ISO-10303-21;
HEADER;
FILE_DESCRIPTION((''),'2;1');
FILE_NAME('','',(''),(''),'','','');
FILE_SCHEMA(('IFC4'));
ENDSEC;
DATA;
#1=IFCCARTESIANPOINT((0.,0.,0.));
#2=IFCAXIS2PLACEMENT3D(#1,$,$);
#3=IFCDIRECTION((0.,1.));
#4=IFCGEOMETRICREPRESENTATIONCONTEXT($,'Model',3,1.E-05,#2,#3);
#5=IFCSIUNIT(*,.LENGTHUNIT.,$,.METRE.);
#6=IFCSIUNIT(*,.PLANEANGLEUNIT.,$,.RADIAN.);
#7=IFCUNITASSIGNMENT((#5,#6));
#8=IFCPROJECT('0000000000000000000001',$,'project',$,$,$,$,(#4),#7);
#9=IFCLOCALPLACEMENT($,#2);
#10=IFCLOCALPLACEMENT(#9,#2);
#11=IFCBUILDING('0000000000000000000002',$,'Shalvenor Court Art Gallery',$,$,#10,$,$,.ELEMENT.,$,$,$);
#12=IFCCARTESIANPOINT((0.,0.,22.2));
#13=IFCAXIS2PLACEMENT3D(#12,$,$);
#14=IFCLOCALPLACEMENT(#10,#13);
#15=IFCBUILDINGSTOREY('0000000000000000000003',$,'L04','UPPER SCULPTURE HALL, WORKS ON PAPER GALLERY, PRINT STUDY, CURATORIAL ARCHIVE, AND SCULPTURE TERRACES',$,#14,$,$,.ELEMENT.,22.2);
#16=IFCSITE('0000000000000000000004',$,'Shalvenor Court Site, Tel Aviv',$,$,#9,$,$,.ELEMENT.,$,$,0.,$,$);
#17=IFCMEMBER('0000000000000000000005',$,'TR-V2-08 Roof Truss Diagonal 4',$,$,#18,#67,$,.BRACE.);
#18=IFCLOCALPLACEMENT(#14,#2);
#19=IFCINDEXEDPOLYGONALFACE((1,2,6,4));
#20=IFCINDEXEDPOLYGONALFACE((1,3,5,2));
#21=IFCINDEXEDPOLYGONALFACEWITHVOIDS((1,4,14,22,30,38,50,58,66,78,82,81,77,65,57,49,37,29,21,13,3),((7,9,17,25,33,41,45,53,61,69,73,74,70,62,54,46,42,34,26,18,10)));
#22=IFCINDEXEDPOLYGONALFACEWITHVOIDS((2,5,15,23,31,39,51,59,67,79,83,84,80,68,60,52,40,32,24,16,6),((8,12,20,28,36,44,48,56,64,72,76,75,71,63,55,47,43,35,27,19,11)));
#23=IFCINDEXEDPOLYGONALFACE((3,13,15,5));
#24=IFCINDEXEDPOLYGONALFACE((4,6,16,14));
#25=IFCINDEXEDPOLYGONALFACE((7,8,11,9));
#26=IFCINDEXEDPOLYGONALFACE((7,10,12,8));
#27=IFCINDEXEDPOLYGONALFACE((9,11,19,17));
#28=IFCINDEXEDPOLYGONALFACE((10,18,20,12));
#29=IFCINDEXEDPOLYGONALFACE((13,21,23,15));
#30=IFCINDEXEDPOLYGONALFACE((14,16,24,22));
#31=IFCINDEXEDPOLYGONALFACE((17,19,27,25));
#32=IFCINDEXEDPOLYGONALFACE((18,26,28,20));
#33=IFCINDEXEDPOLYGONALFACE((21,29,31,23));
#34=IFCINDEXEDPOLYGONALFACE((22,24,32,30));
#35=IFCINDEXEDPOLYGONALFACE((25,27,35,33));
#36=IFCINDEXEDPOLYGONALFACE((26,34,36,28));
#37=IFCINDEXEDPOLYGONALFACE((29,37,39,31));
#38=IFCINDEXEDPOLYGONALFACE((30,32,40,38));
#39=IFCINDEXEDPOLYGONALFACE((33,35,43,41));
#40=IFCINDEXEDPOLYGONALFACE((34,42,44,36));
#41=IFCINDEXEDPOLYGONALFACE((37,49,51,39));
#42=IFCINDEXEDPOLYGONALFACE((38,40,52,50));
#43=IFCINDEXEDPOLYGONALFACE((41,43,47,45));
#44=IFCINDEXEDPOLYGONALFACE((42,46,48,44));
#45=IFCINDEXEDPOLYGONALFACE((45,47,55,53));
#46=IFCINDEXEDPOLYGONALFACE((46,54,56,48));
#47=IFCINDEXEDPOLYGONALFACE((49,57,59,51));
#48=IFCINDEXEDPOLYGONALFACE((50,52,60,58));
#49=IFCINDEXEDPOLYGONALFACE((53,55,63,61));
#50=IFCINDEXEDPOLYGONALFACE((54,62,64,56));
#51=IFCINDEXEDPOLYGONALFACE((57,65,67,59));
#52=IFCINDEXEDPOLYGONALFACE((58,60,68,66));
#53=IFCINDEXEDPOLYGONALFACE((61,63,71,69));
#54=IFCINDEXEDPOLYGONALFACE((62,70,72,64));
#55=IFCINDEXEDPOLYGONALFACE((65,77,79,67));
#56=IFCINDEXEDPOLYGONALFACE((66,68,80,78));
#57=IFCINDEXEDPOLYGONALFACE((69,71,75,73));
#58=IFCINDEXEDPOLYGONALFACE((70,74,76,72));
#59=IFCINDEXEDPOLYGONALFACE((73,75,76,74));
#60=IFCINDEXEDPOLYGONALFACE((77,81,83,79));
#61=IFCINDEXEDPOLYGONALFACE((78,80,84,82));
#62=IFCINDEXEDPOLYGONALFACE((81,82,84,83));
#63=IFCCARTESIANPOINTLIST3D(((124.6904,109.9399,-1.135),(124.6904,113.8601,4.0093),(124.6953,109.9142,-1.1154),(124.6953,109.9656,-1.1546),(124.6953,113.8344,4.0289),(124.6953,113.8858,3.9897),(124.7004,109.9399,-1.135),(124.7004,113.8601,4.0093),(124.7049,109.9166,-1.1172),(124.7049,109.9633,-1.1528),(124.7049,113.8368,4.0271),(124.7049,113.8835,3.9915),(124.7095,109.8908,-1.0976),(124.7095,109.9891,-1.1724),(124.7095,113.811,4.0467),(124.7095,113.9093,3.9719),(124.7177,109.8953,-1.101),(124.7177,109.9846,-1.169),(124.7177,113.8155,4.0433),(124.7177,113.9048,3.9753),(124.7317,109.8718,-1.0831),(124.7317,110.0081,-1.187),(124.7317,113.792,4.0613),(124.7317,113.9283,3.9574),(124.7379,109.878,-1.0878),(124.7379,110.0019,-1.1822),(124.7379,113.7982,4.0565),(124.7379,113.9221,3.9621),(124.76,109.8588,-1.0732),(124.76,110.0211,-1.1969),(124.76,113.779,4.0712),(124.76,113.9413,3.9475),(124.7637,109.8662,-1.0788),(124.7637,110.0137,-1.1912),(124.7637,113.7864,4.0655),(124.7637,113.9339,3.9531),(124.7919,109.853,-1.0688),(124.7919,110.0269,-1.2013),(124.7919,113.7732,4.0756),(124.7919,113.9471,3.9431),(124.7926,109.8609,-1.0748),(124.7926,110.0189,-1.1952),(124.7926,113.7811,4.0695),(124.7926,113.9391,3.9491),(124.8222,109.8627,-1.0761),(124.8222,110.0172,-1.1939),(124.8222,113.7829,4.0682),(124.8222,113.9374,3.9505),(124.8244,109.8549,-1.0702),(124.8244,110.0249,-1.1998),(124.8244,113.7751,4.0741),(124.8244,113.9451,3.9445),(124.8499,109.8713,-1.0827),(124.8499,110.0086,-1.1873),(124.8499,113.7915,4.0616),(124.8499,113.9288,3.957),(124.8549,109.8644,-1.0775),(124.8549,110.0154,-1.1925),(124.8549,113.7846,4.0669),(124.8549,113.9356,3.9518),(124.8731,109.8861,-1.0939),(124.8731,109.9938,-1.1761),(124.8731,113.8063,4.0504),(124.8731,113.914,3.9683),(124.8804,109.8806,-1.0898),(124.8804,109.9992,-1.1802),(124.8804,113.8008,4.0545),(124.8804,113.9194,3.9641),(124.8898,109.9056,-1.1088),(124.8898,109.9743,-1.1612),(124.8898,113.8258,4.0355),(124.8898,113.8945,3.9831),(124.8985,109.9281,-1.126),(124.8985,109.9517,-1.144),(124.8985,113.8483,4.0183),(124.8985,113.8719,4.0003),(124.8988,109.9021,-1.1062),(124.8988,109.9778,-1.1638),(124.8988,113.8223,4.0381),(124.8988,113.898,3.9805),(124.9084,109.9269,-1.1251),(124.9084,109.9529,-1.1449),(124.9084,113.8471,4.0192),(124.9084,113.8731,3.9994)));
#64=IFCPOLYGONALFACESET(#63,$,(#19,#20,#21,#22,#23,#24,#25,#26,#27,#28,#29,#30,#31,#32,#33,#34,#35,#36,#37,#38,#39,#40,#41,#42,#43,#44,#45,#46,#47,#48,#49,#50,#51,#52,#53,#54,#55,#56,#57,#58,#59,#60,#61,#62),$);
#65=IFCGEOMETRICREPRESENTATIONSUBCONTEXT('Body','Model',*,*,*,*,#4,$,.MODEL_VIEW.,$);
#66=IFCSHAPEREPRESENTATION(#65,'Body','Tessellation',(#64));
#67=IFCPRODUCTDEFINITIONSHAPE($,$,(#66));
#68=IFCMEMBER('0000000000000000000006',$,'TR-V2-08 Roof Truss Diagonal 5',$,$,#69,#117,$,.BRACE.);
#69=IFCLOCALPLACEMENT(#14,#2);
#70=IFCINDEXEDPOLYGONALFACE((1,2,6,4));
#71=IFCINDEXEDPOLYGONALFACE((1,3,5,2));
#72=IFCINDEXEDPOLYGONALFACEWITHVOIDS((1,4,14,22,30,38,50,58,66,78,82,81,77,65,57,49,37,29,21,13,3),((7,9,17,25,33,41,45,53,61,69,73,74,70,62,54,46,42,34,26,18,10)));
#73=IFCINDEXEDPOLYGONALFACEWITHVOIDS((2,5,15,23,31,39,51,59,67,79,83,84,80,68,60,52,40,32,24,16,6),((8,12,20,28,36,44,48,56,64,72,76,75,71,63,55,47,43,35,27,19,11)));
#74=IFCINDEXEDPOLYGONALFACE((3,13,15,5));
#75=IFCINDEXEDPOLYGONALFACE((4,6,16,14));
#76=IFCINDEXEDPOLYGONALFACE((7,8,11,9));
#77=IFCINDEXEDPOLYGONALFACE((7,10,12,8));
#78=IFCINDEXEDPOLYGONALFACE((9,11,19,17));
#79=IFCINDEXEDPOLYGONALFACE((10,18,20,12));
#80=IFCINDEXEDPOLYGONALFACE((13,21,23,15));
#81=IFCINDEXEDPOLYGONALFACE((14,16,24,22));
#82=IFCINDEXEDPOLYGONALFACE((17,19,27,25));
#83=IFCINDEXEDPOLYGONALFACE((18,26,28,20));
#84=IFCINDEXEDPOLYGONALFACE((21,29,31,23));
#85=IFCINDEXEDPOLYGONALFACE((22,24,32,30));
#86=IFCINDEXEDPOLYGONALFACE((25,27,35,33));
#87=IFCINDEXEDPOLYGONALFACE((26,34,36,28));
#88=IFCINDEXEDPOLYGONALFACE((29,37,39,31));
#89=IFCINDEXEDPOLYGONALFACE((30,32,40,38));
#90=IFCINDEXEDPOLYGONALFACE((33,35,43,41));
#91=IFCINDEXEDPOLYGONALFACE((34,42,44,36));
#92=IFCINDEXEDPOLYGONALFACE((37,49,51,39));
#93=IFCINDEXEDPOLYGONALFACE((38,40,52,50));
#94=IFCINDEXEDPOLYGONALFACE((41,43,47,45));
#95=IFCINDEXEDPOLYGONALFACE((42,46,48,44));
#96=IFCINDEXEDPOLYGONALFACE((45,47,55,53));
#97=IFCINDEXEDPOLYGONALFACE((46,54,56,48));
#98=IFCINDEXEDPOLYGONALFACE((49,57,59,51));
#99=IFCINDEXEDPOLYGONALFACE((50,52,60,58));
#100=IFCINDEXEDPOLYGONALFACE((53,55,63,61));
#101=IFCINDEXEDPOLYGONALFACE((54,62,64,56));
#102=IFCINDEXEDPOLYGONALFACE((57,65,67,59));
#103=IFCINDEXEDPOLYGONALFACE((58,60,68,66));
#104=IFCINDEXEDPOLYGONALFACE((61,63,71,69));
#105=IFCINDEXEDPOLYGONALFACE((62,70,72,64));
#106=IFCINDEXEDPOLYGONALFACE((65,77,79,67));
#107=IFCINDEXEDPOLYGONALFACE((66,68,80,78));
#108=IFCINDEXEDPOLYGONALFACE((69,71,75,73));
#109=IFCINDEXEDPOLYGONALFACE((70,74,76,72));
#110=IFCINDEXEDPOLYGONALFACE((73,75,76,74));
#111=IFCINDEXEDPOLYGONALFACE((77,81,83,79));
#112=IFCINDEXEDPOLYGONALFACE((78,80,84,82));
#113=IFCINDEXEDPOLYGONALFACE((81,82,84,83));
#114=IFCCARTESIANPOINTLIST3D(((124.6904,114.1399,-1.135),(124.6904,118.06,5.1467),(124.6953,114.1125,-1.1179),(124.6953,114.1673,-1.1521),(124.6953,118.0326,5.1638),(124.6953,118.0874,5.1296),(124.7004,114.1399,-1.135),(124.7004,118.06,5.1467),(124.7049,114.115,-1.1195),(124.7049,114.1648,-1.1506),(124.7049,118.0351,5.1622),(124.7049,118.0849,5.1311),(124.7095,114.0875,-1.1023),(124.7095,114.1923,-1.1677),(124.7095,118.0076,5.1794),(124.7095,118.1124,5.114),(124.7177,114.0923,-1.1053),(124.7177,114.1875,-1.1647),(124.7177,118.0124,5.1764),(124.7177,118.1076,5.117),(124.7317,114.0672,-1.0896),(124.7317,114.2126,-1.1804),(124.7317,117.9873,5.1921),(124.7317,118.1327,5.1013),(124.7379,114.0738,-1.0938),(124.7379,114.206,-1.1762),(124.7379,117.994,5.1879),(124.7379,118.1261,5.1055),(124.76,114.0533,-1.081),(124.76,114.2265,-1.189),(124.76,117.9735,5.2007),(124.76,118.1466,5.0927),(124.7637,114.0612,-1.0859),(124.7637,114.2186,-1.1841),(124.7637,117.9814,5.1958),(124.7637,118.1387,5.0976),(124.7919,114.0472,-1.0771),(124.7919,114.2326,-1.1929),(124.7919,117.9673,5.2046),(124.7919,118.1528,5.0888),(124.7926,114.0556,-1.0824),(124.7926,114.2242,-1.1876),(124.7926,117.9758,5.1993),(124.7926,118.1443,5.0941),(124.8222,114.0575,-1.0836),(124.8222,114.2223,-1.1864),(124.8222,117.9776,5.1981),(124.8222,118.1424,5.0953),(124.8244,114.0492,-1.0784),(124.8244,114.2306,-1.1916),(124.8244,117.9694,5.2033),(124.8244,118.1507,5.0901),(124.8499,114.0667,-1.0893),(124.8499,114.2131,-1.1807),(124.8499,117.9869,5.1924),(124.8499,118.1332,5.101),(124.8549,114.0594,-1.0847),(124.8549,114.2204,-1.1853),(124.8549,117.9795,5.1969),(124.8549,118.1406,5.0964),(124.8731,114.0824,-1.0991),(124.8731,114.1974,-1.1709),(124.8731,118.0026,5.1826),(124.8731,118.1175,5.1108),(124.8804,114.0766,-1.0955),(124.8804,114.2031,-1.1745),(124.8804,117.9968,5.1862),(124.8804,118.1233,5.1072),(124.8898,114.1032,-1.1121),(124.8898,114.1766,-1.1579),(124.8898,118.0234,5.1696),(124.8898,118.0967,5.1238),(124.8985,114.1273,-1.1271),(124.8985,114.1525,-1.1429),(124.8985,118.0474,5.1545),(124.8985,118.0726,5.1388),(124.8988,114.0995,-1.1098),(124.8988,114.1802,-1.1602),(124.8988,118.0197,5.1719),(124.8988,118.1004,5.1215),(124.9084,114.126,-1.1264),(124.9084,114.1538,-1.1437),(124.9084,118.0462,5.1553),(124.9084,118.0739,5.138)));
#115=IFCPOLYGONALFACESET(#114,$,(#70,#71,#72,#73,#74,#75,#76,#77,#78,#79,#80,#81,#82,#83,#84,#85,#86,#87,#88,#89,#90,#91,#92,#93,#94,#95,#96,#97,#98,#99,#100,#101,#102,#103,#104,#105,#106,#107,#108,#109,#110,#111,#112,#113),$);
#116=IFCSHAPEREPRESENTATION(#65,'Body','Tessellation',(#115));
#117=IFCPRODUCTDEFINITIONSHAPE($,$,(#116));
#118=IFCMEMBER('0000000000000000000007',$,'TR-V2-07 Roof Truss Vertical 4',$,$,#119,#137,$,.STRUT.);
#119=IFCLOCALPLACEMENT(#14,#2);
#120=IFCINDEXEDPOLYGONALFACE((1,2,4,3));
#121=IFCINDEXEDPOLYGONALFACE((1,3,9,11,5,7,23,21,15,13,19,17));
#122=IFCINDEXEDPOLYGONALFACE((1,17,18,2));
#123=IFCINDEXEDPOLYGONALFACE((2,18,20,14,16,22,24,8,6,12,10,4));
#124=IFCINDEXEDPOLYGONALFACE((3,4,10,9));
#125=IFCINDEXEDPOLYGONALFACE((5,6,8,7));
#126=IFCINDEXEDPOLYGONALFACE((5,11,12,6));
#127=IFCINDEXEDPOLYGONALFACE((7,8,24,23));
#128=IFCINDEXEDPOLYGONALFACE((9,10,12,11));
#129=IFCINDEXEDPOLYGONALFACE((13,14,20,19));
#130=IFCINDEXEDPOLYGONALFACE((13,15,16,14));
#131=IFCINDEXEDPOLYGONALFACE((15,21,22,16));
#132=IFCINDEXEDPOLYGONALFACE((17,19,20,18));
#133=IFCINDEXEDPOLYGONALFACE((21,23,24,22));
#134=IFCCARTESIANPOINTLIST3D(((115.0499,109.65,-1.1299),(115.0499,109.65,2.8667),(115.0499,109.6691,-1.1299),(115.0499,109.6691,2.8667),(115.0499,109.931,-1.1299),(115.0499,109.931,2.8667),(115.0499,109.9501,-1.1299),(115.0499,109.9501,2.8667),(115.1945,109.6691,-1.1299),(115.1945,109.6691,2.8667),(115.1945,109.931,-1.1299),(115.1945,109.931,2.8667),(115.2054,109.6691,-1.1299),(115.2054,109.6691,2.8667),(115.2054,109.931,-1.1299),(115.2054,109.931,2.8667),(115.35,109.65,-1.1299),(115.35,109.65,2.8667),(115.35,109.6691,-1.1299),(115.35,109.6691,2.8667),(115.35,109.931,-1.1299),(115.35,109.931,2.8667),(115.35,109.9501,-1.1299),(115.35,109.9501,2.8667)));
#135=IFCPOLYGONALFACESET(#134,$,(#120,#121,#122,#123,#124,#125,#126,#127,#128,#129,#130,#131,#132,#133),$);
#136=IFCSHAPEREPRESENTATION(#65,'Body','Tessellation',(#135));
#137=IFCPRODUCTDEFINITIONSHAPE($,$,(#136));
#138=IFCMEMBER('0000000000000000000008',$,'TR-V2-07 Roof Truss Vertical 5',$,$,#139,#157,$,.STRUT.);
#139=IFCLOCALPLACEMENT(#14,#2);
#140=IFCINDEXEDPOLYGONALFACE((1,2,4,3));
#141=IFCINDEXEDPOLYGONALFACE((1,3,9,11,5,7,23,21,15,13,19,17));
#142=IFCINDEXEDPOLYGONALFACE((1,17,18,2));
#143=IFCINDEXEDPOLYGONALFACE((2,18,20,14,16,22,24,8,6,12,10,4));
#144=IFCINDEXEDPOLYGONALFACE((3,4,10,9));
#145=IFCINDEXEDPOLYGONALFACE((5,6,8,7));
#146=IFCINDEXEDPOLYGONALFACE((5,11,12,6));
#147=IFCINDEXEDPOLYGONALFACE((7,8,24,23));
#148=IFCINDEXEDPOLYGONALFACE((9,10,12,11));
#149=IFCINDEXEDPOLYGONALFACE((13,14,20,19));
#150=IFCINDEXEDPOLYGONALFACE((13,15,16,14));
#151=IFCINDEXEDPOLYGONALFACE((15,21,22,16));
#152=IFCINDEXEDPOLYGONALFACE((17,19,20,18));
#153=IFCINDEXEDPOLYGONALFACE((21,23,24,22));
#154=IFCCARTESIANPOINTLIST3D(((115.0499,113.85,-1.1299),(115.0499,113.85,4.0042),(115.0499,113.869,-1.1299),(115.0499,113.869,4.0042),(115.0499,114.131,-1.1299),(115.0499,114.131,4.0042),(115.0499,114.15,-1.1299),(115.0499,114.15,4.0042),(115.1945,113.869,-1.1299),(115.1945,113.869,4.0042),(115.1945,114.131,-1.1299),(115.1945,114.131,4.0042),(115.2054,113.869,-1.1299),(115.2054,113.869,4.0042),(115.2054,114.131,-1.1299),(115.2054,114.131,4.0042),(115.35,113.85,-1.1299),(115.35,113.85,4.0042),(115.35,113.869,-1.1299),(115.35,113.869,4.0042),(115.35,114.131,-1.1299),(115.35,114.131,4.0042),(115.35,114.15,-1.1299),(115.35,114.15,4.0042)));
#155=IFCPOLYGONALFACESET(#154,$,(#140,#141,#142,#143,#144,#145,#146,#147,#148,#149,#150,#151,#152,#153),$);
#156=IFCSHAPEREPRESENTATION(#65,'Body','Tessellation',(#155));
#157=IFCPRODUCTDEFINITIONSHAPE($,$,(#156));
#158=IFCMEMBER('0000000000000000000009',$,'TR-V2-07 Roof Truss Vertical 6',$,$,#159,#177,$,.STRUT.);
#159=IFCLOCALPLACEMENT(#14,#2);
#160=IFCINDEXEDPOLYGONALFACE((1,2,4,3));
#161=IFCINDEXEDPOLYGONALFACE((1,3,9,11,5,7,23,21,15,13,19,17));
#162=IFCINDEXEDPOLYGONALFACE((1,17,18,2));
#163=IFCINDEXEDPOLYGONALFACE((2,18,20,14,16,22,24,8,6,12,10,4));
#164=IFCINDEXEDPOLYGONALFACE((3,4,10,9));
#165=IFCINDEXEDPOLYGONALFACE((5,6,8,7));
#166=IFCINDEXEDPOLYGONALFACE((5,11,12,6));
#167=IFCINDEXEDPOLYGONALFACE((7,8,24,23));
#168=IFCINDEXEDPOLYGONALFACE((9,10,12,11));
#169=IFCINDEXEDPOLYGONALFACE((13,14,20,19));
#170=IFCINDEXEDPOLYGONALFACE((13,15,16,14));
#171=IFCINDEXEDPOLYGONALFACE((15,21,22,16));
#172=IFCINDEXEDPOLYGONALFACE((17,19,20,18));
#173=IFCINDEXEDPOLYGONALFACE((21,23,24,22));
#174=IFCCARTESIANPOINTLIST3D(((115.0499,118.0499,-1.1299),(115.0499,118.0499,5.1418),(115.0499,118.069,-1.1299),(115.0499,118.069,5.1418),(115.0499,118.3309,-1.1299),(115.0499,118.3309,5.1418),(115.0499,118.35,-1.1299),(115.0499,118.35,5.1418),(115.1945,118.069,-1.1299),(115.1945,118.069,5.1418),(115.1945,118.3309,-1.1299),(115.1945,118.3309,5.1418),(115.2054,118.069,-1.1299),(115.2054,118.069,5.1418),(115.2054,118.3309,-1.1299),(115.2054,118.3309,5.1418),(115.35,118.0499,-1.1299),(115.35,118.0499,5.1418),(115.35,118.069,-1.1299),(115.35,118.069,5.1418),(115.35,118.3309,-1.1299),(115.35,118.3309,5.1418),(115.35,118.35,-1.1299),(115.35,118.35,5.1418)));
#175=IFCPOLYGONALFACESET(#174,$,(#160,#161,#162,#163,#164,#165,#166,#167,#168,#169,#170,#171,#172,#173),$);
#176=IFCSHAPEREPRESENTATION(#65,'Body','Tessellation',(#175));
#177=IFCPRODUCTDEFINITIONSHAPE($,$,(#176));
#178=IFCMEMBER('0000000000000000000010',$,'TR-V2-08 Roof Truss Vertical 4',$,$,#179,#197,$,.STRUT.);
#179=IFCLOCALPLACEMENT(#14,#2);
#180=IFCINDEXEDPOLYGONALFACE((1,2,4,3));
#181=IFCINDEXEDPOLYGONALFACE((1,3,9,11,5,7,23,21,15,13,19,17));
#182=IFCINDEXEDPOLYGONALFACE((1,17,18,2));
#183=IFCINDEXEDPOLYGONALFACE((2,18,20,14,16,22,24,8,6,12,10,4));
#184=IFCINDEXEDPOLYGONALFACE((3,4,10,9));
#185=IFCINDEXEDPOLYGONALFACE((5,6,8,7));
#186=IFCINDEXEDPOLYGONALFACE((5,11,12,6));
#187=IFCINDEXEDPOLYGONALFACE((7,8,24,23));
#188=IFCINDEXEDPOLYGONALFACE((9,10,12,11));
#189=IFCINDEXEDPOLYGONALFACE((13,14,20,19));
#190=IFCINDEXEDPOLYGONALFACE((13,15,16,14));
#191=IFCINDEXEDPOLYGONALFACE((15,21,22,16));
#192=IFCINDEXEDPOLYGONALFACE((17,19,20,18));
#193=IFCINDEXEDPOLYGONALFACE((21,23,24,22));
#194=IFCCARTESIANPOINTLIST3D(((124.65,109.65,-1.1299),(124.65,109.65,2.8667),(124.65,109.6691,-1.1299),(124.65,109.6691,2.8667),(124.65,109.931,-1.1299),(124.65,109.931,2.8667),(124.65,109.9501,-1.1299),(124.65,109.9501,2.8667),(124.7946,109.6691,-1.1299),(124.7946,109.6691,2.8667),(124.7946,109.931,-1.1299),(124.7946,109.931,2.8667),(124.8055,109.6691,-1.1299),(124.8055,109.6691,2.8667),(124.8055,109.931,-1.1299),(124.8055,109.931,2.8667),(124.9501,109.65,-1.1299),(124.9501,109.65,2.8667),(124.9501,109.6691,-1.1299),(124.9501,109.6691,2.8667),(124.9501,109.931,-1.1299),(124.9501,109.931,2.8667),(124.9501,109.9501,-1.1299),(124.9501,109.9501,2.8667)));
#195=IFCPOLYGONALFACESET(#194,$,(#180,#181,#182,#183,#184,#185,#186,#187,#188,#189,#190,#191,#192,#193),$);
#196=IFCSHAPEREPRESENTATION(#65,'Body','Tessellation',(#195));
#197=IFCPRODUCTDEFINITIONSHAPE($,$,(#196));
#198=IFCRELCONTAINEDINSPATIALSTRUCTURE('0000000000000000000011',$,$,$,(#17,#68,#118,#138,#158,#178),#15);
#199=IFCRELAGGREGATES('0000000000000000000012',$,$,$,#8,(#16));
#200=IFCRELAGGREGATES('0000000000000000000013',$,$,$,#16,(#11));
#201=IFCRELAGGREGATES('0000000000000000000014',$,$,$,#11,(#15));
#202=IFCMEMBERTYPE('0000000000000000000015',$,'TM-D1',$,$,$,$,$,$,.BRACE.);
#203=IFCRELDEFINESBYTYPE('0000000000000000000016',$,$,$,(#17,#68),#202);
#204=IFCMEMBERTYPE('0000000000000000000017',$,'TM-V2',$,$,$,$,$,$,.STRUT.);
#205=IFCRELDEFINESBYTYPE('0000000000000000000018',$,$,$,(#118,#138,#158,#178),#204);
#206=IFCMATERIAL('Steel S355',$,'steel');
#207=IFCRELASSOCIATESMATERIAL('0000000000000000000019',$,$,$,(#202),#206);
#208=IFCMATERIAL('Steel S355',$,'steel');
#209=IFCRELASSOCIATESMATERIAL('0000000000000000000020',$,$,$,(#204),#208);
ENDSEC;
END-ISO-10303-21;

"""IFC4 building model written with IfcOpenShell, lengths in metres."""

from ifc_helpers import new_model, si_unit, direction, frame, origin, origin_2d, place, context, subcontext, project, spatial, hollow_circle, i_section, extrude, material, material_profile, profile_set, type_object, element, save


model = new_model("IFC4")

# Units and contexts
model_context = context("Model", 3, precision=1e-05, world=origin(), true_north=direction((0.0, 1.0)))
body_context = subcontext(model_context, "Body", "Model", "MODEL_VIEW")
ifc_project = project(units=[si_unit("LENGTHUNIT", "METRE"), si_unit("PLANEANGLEUNIT", "RADIAN")], contexts=[model_context])

# Site, building, storey
site_placement = place(None, origin())
site = spatial("IfcSite", under=ifc_project, at=site_placement, Name="Shalvenor Court Site, Tel Aviv", CompositionType="ELEMENT", RefElevation=0.0)
building_placement = place(site_placement, origin())
building = spatial("IfcBuilding", under=site, at=building_placement, Name="Shalvenor Court Art Gallery", CompositionType="ELEMENT")
storey_placement = place(building_placement, frame((0.0, 0.0, 22.2)))
storey = spatial("IfcBuildingStorey", under=building, at=storey_placement, Name="L04", Description="UPPER SCULPTURE HALL, WORKS ON PAPER GALLERY, PRINT STUDY, CURATORIAL ARCHIVE, AND SCULPTURE TERRACES", CompositionType="ELEMENT", Elevation=22.2)

# Members
ifc_material_1 = material(Name="Steel S355", Category="steel")
ifc_material_profile_1 = material_profile(ifc_material_1, hollow_circle(Radius=0.1096, WallThickness=0.01, at=origin_2d()), Name="CHS 219.1x10.0")
ifc_profile_set_1 = profile_set([ifc_material_profile_1], Name="Steel S355")
member_type_1 = type_object("IfcMemberType", Name="TM-D1", PredefinedType="BRACE", material=ifc_profile_set_1)
member_1_placement = place(storey_placement, frame((124.8, 109.9399, -1.135), z_axis=(0.0, 0.606113, 0.795379), x_axis=(-1.0, 0.0, 0.0)))
element("IfcMember", 1, at=member_1_placement, inside=storey, type_object=member_type_1, Name="TR-V2-08 Roof Truss Diagonal 4", PredefinedType="BRACE", context=body_context, shape_type="SweptSolid", body=[
    extrude(hollow_circle(Radius=0.1096, WallThickness=0.01, at=origin_2d()), origin(), (0.0, 0.0, 1.0), 6.4678),
])
member_2_placement = place(storey_placement, frame((124.8, 114.1399, -1.135), z_axis=(0.0, 0.529424, 0.848357), x_axis=(-1.0, 0.0, 0.0)))
element("IfcMember", 2, at=member_2_placement, inside=storey, type_object=member_type_1, Name="TR-V2-08 Roof Truss Diagonal 5", PredefinedType="BRACE", context=body_context, shape_type="SweptSolid", body=[
    extrude(hollow_circle(Radius=0.1096, WallThickness=0.01, at=origin_2d()), origin(), (0.0, 0.0, 1.0), 7.4045),
])
ifc_material_2 = material(Name="Steel S355", Category="steel")
ifc_material_profile_2 = material_profile(ifc_material_2, i_section(OverallWidth=0.3, OverallDepth=0.3, WebThickness=0.011, FlangeThickness=0.019, at=origin_2d()), Name="HEB 300")
ifc_profile_set_2 = profile_set([ifc_material_profile_2], Name="Steel S355")
member_type_2 = type_object("IfcMemberType", Name="TM-V2", PredefinedType="STRUT", material=ifc_profile_set_2)
member_3_placement = place(storey_placement, frame((115.2, 109.8, -1.1299), z_axis=(0.0, 0.0, 1.0), x_axis=(1.0, 0.0, 0.0)))
element("IfcMember", 3, at=member_3_placement, inside=storey, type_object=member_type_2, Name="TR-V2-07 Roof Truss Vertical 4", PredefinedType="STRUT", context=body_context, shape_type="SweptSolid", body=[
    extrude(i_section(OverallWidth=0.3, OverallDepth=0.3, WebThickness=0.011, FlangeThickness=0.019, at=origin_2d()), origin(), (0.0, 0.0, 1.0), 3.9966),
])
member_4_placement = place(storey_placement, frame((115.2, 114.0, -1.1299), z_axis=(0.0, 0.0, 1.0), x_axis=(1.0, 0.0, 0.0)))
element("IfcMember", 4, at=member_4_placement, inside=storey, type_object=member_type_2, Name="TR-V2-07 Roof Truss Vertical 5", PredefinedType="STRUT", context=body_context, shape_type="SweptSolid", body=[
    extrude(i_section(OverallWidth=0.3, OverallDepth=0.3, WebThickness=0.011, FlangeThickness=0.019, at=origin_2d()), origin(), (0.0, 0.0, 1.0), 5.134),
])
member_5_placement = place(storey_placement, frame((115.2, 118.2, -1.1299), z_axis=(0.0, 0.0, 1.0), x_axis=(1.0, 0.0, 0.0)))
element("IfcMember", 5, at=member_5_placement, inside=storey, type_object=member_type_2, Name="TR-V2-07 Roof Truss Vertical 6", PredefinedType="STRUT", context=body_context, shape_type="SweptSolid", body=[
    extrude(i_section(OverallWidth=0.3, OverallDepth=0.3, WebThickness=0.011, FlangeThickness=0.019, at=origin_2d()), origin(), (0.0, 0.0, 1.0), 6.2717),
])
member_6_placement = place(storey_placement, frame((124.8, 109.8, -1.1299), z_axis=(0.0, 0.0, 1.0), x_axis=(1.0, 0.0, 0.0)))
element("IfcMember", 6, at=member_6_placement, inside=storey, type_object=member_type_2, Name="TR-V2-08 Roof Truss Vertical 4", PredefinedType="STRUT", context=body_context, shape_type="SweptSolid", body=[
    extrude(i_section(OverallWidth=0.3, OverallDepth=0.3, WebThickness=0.011, FlangeThickness=0.019, at=origin_2d()), origin(), (0.0, 0.0, 1.0), 3.9966),
])

save(model, "model.ifc")
